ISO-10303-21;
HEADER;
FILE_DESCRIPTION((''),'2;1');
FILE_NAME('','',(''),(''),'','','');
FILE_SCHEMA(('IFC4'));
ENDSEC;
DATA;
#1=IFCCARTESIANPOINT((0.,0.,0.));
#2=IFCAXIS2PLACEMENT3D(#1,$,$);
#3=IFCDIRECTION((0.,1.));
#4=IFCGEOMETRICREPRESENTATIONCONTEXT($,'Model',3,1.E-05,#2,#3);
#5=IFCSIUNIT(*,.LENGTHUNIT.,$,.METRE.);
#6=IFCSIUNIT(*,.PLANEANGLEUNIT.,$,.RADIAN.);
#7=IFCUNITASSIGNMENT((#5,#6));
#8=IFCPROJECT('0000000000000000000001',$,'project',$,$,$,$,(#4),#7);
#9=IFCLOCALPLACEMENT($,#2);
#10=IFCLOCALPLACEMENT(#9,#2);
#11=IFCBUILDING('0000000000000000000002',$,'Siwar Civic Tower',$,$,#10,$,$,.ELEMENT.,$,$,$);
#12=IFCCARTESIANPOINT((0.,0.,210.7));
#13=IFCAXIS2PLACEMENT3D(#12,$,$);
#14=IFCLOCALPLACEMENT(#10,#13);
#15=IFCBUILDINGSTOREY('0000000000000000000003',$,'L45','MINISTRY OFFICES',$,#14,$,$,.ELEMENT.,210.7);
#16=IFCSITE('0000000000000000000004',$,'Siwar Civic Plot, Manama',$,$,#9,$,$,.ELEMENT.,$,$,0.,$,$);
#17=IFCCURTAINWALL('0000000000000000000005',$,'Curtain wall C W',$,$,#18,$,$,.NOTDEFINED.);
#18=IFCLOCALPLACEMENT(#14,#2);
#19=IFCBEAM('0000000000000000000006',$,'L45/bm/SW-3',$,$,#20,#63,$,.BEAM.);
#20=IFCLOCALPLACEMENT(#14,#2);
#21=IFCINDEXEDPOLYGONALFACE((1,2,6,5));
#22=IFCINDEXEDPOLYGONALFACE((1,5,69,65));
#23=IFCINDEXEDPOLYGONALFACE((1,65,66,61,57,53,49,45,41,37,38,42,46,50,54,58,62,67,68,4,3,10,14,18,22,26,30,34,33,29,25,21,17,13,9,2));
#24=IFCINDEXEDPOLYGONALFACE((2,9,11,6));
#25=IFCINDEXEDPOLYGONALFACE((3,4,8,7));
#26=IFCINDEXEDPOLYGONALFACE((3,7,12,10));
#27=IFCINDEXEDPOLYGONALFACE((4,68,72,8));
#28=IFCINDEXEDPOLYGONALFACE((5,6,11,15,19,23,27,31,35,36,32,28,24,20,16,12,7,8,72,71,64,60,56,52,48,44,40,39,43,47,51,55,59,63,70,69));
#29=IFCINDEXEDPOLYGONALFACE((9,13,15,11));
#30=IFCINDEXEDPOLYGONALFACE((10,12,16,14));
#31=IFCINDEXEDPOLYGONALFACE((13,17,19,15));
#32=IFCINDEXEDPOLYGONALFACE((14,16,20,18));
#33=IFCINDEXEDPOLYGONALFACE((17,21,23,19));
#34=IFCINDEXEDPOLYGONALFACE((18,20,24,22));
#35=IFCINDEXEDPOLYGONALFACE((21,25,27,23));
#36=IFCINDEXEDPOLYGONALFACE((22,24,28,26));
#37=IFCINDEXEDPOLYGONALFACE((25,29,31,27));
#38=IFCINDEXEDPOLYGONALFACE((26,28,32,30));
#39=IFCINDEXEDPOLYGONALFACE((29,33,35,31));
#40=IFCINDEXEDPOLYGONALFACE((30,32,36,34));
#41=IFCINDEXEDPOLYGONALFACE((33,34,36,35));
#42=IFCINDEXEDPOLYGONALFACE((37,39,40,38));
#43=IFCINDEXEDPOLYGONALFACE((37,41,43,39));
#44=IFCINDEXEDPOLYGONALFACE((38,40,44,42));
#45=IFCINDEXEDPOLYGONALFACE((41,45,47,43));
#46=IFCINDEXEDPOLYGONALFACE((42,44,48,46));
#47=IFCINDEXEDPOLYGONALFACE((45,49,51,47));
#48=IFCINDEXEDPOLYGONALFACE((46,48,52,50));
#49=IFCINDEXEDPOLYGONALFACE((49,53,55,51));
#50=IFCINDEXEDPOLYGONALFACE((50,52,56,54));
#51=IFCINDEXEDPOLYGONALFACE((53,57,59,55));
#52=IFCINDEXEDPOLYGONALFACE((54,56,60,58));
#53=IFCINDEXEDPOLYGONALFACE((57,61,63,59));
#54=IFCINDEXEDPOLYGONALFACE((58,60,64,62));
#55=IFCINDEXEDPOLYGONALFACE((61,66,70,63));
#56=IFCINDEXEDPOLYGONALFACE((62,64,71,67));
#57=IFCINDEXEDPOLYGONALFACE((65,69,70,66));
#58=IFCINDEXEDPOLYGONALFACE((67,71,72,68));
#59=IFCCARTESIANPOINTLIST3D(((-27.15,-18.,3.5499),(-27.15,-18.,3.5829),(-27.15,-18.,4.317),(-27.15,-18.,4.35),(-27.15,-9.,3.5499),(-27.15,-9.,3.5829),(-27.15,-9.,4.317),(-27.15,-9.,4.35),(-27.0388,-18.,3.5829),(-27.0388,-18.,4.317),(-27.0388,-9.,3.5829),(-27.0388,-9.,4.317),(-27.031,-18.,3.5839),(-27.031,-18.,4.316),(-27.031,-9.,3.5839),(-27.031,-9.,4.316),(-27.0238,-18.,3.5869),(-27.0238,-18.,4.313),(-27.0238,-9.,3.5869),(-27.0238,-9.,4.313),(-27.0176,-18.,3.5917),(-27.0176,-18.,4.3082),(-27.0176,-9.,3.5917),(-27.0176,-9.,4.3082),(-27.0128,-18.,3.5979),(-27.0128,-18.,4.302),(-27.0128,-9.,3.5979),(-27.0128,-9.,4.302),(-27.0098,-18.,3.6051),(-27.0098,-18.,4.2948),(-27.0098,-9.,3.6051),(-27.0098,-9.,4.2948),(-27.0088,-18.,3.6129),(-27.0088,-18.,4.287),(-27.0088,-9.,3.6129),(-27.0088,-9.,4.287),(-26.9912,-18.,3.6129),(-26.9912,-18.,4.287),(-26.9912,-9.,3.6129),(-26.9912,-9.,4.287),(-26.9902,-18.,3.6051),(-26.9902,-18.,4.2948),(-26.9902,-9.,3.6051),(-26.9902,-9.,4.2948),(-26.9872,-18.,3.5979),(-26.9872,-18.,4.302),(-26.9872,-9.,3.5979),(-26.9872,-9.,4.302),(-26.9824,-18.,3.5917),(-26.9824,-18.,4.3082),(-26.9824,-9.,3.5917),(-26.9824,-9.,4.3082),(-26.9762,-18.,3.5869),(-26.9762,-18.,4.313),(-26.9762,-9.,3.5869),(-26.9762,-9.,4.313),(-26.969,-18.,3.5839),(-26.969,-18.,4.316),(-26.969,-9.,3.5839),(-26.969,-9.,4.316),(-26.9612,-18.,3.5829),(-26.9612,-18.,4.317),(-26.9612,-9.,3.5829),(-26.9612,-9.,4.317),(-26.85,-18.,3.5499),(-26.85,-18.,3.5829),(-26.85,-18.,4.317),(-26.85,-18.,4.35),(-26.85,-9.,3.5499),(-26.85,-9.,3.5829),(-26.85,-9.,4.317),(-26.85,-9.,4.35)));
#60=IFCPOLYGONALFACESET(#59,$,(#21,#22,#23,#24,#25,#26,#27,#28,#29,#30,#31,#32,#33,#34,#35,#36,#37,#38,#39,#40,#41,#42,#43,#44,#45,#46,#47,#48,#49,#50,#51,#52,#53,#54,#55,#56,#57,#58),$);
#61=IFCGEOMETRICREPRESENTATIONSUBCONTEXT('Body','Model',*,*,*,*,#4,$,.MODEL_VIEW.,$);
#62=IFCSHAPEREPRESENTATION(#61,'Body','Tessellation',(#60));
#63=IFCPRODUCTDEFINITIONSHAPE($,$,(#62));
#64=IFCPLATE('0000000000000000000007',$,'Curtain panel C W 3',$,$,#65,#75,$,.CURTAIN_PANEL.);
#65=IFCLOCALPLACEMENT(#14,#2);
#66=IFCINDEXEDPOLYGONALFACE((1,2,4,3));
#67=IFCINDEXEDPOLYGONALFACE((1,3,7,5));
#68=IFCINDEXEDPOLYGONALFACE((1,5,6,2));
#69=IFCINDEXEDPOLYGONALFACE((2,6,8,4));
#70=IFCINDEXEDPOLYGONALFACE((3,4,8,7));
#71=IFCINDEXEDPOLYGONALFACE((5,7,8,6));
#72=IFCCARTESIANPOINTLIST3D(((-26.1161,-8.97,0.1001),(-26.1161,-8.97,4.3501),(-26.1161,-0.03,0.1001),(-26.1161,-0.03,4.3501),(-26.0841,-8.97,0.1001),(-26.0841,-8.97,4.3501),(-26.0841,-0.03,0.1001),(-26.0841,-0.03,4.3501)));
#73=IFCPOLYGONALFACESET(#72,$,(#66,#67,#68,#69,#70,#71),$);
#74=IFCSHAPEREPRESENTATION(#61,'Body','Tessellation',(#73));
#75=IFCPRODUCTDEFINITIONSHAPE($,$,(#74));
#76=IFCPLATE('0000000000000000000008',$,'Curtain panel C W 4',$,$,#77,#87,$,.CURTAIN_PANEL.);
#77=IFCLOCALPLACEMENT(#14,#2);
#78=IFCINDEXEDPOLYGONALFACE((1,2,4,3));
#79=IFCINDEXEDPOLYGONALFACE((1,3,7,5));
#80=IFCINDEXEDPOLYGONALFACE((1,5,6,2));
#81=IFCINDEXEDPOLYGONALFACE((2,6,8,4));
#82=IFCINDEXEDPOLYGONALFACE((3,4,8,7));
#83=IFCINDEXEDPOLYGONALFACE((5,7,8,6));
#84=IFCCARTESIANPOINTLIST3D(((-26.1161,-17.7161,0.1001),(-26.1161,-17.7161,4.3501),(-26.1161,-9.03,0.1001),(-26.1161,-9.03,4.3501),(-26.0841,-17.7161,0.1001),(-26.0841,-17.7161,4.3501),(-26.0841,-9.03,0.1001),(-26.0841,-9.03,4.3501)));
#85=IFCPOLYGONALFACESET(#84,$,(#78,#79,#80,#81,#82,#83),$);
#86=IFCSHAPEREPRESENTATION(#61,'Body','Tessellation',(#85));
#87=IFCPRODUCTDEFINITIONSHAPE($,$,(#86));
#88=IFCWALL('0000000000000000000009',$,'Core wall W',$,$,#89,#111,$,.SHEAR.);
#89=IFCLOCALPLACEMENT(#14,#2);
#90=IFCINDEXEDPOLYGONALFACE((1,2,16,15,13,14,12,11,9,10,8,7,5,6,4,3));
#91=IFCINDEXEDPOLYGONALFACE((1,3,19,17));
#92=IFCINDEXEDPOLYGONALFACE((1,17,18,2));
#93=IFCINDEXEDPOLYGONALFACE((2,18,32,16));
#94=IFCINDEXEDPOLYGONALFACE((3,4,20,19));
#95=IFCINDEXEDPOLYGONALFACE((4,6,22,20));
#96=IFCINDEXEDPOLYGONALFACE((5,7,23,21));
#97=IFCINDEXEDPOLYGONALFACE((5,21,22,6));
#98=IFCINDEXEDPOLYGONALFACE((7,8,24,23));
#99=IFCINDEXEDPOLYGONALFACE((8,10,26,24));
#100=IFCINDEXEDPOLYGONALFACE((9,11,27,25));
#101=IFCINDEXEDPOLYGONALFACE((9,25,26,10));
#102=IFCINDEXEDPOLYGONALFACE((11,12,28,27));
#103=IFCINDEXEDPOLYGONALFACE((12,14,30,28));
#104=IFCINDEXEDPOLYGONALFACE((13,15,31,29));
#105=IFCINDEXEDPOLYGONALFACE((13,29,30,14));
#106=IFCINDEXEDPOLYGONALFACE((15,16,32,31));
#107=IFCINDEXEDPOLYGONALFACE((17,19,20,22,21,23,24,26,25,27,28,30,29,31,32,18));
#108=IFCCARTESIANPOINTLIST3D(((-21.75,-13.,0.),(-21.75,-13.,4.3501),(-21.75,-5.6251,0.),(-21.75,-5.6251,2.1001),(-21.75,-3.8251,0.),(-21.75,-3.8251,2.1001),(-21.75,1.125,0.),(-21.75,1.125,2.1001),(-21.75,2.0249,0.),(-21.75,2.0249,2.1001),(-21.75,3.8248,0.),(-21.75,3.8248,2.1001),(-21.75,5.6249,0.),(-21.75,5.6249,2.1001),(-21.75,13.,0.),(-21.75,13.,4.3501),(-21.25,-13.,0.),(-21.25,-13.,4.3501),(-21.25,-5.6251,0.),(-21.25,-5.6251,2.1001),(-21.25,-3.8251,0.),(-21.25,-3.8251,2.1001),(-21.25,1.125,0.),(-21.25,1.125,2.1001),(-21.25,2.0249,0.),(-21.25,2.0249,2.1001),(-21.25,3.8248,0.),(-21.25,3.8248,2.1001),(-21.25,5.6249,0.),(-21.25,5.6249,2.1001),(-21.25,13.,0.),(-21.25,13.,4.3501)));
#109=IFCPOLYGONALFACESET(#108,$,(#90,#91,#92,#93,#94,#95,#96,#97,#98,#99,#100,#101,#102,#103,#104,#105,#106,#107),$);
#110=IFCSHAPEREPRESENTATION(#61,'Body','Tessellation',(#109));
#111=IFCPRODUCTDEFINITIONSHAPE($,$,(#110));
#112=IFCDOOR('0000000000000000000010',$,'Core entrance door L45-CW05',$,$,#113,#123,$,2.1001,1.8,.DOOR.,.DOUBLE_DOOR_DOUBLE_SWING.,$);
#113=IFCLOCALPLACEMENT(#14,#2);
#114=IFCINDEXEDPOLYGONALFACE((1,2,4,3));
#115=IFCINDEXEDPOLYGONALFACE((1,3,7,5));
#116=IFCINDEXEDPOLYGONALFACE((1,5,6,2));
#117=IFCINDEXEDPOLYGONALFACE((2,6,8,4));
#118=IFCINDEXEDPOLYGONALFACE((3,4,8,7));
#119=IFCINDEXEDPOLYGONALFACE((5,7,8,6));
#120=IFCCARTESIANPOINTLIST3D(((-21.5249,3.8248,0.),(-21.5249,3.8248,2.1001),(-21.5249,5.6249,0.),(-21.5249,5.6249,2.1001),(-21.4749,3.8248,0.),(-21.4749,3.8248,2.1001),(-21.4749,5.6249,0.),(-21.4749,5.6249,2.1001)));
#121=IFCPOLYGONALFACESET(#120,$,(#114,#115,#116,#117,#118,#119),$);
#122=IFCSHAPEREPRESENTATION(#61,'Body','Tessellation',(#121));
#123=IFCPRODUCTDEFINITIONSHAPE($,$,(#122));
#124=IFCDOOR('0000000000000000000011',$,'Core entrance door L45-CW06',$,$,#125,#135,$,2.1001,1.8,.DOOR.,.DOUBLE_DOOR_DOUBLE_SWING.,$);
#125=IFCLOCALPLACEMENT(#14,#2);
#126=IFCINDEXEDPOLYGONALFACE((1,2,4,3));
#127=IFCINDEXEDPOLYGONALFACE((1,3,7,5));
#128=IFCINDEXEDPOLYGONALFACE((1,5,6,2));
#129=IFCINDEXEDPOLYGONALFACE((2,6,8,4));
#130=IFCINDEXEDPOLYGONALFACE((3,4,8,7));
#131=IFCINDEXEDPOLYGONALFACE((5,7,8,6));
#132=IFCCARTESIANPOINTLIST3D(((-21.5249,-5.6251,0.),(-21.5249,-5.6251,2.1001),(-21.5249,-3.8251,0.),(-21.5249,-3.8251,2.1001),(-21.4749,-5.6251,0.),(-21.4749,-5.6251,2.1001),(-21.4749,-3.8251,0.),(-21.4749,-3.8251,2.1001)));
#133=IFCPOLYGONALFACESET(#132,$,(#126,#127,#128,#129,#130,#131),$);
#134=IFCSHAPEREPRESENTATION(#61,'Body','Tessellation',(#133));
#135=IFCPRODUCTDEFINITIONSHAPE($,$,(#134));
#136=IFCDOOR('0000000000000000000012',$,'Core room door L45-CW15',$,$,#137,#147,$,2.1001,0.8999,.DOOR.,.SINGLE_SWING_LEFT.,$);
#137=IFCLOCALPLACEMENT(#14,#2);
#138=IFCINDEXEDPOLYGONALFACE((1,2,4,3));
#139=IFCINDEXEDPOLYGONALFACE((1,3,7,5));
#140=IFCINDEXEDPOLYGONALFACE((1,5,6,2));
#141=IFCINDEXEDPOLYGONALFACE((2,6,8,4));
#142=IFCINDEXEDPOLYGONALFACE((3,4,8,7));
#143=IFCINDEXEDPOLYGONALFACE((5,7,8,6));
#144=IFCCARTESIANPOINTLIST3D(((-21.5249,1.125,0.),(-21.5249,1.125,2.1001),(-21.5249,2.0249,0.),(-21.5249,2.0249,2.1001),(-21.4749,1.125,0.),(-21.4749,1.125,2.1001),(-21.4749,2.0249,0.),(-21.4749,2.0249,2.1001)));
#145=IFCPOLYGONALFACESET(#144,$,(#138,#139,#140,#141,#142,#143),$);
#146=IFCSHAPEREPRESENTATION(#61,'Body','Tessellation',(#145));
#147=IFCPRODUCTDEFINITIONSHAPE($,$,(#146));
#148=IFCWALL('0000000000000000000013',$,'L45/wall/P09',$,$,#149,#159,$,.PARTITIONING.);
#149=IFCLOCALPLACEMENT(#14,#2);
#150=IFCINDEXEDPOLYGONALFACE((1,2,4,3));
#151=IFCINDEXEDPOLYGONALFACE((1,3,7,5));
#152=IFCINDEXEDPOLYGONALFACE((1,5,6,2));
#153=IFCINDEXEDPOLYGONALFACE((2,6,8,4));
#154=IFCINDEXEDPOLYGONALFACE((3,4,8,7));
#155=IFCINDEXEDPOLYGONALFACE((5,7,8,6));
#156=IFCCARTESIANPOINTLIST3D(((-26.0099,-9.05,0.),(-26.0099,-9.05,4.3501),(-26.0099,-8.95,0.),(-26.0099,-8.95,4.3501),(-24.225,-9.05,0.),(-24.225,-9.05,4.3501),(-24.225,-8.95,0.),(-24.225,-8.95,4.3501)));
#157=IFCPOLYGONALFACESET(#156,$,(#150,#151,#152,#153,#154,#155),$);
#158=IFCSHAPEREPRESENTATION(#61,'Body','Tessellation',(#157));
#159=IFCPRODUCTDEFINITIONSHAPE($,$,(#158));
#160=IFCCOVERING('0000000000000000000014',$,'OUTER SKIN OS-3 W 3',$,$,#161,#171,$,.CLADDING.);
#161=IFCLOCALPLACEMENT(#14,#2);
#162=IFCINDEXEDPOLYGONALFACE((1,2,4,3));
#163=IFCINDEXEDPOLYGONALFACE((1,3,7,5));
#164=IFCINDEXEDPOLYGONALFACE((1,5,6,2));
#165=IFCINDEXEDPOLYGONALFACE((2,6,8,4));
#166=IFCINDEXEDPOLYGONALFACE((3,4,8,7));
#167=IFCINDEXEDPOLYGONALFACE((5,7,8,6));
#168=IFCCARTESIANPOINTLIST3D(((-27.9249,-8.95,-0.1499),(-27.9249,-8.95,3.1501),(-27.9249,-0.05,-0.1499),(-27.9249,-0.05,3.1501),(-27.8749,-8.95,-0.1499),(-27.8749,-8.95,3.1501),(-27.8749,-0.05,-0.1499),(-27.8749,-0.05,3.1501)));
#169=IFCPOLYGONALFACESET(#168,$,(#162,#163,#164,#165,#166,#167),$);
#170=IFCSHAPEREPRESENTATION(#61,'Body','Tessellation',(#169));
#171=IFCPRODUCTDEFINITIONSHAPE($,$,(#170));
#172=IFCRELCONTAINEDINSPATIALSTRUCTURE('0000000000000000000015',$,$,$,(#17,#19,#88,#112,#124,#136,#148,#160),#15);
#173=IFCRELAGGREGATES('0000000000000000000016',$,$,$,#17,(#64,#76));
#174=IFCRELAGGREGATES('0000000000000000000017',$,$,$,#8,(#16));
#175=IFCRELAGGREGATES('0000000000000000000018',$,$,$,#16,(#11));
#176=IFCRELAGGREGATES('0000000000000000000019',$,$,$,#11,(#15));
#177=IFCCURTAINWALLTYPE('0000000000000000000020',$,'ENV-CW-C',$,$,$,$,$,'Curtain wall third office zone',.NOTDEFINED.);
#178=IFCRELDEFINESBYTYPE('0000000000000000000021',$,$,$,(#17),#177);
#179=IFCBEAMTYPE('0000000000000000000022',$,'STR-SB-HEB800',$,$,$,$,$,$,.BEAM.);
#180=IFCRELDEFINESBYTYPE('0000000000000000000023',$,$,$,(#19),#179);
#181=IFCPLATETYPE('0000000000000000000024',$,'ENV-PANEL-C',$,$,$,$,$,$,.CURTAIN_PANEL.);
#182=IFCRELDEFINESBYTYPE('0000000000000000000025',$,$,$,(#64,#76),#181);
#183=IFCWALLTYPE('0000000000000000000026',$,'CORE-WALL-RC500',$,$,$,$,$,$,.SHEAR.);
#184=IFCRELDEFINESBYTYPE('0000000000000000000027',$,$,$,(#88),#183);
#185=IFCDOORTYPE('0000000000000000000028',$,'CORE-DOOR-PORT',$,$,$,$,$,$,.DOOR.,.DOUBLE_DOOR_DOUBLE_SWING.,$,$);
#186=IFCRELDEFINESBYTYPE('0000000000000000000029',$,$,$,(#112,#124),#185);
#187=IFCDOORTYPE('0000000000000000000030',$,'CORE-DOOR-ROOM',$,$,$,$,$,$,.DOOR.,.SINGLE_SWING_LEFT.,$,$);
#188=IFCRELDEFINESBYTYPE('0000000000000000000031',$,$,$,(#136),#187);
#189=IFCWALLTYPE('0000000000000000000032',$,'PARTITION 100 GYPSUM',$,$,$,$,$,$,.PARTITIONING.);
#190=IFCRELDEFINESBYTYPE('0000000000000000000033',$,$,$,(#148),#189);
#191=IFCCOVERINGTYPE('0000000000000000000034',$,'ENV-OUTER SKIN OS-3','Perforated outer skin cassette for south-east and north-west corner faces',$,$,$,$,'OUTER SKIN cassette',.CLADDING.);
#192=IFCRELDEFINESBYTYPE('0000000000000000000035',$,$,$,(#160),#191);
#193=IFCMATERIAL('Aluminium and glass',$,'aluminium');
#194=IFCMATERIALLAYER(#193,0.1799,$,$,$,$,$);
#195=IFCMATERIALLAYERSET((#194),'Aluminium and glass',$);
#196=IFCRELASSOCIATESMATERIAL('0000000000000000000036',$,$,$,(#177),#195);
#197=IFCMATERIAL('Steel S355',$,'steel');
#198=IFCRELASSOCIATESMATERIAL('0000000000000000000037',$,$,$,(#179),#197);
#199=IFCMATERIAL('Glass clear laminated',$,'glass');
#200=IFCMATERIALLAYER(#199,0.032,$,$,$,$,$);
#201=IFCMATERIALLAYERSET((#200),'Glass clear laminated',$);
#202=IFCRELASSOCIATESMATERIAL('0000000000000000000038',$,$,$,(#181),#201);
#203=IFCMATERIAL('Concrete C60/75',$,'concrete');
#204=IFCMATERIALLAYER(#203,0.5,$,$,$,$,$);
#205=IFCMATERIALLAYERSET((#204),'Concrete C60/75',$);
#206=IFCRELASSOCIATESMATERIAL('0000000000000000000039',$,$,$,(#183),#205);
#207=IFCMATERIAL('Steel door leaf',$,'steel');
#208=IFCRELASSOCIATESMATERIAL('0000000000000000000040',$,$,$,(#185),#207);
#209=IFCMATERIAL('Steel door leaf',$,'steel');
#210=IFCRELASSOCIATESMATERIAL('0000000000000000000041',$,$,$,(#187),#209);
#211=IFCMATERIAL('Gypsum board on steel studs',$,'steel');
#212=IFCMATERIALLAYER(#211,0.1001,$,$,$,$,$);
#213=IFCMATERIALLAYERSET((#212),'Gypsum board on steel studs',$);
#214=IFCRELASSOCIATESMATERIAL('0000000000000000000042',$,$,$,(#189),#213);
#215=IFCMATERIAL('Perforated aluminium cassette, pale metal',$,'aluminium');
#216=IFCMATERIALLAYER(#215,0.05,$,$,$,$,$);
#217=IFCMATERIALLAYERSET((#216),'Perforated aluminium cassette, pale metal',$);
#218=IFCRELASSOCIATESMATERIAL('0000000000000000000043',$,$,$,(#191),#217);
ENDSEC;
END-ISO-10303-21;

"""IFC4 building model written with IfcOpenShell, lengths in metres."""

from ifc_helpers import new_model, si_unit, direction, frame, frame_2d, origin, origin_2d, place, context, subcontext, project, spatial, rectangle, i_section, extrude, material, layer, layer_set, material_profile, profile_set, type_object, element, fill, aggregate, save


model = new_model("IFC4")

# Units and contexts
model_context = context("Model", 3, precision=1e-05, world=origin(), true_north=direction((0.0, 1.0)))
body_context = subcontext(model_context, "Body", "Model", "MODEL_VIEW")
ifc_project = project(units=[si_unit("LENGTHUNIT", "METRE"), si_unit("PLANEANGLEUNIT", "RADIAN")], contexts=[model_context])

# Site, building, storey
site_placement = place(None, origin())
site = spatial("IfcSite", under=ifc_project, at=site_placement, Name="Siwar Civic Plot, Manama", CompositionType="ELEMENT", RefElevation=0.0)
building_placement = place(site_placement, origin())
building = spatial("IfcBuilding", under=site, at=building_placement, Name="Siwar Civic Tower", CompositionType="ELEMENT")
storey_placement = place(building_placement, frame((0.0, 0.0, 210.7)))
storey = spatial("IfcBuildingStorey", under=building, at=storey_placement, Name="L45", Description="MINISTRY OFFICES", CompositionType="ELEMENT", Elevation=210.7)

# Curtain wall
ifc_material_1 = material(Name="Aluminium and glass", Category="aluminium")
ifc_layer_1 = layer(ifc_material_1, 0.1799)
ifc_layer_set_1 = layer_set([ifc_layer_1], Name="Aluminium and glass")
curtain_wall_type = type_object("IfcCurtainWallType", Name="ENV-CW-C", ElementType="Curtain wall third office zone", PredefinedType="NOTDEFINED", material=ifc_layer_set_1)
curtain_wall_placement = place(storey_placement, origin())
curtain_wall = element("IfcCurtainWall", 1, at=curtain_wall_placement, inside=storey, type_object=curtain_wall_type, Name="Curtain wall C W", PredefinedType="NOTDEFINED")

# Beam
ifc_material_2 = material(Name="Steel S355", Category="steel")
ifc_material_profile_1 = material_profile(ifc_material_2, i_section(OverallWidth=0.3, OverallDepth=0.8, WebThickness=0.0176, FlangeThickness=0.033, FilletRadius=0.03, at=origin_2d()), Name="HEB800")
ifc_profile_set_1 = profile_set([ifc_material_profile_1], Name="Steel S355")
beam_type_1 = type_object("IfcBeamType", Name="STR-SB-HEB800", PredefinedType="BEAM", material=ifc_profile_set_1)
beam_1_placement = place(storey_placement, frame((-27.0, -9.0, 3.95), z_axis=(0.0, -1.0, 0.0), x_axis=(1.0, 0.0, 0.0)))
element("IfcBeam", 2, at=beam_1_placement, inside=storey, type_object=beam_type_1, Name="L45/bm/SW-3", PredefinedType="BEAM", context=body_context, shape_type="SweptSolid", body=[
    extrude(i_section(OverallWidth=0.3, OverallDepth=0.8, WebThickness=0.0176, FlangeThickness=0.033, FilletRadius=0.03, at=origin_2d()), origin(), (0.0, 0.0, 1.0), 9.0),
])

# Plates
ifc_material_3 = material(Name="Glass clear laminated", Category="glass")
ifc_layer_2 = layer(ifc_material_3, 0.032)
ifc_layer_set_2 = layer_set([ifc_layer_2], Name="Glass clear laminated")
plate_type = type_object("IfcPlateType", Name="ENV-PANEL-C", PredefinedType="CURTAIN_PANEL", material=ifc_layer_set_2)
plate_1_placement = place(storey_placement, frame((-26.1001, -4.5, 0.1001), z_axis=(0.0, 0.0, 1.0), x_axis=(0.0, -1.0, 0.0)))
plate_1 = element("IfcPlate", 3, at=plate_1_placement, type_object=plate_type, Name="Curtain panel C W 3", PredefinedType="CURTAIN_PANEL", context=body_context, shape_type="SweptSolid", body=[
    extrude(rectangle(XDim=8.9399, YDim=0.032, at=origin_2d()), origin(), (0.0, 0.0, 1.0), 4.25),
])
plate_2_placement = place(storey_placement, frame((-26.1001, -13.373, 0.1001), z_axis=(0.0, 0.0, 1.0), x_axis=(0.0, -1.0, 0.0)))
plate_2 = element("IfcPlate", 4, at=plate_2_placement, type_object=plate_type, Name="Curtain panel C W 4", PredefinedType="CURTAIN_PANEL", context=body_context, shape_type="SweptSolid", body=[
    extrude(rectangle(XDim=8.686, YDim=0.032, at=origin_2d()), origin(), (0.0, 0.0, 1.0), 4.25),
])
aggregate(curtain_wall, [plate_1, plate_2])

# Wall, openings, doors
ifc_material_4 = material(Name="Concrete C60/75", Category="concrete")
ifc_layer_3 = layer(ifc_material_4, 0.5)
ifc_layer_set_3 = layer_set([ifc_layer_3], Name="Concrete C60/75")
wall_type_1 = type_object("IfcWallType", Name="CORE-WALL-RC500", PredefinedType="SHEAR", material=ifc_layer_set_3)
wall_1_placement = place(storey_placement, frame((-21.5, -13.0, 0.0), z_axis=(0.0, 0.0, 1.0), x_axis=(0.0, 1.0, 0.0)))
wall_1 = element("IfcWall", 5, at=wall_1_placement, inside=storey, type_object=wall_type_1, Name="Core wall W", PredefinedType="SHEAR", context=body_context, shape_type="SweptSolid", body=[
    extrude(rectangle(XDim=26.0, YDim=0.5, at=frame_2d((13.0, 0.0))), origin(), (0.0, 0.0, 1.0), 4.3501),
])
opening_1_placement = place(wall_1_placement, frame((16.825, 0.0, 0.0)))
opening_1 = element("IfcOpeningElement", 6, at=opening_1_placement, cuts=wall_1, PredefinedType="OPENING", context=body_context, shape_type="SweptSolid", body=[
    extrude(rectangle(XDim=1.8, YDim=2.1001, at=frame_2d((0.8999, 1.05))), frame((0.0, 0.26, 0.0), z_axis=(0.0, -1.0, 0.0), x_axis=(1.0, 0.0, 0.0)), (0.0, 0.0, 1.0), 0.52),
])
opening_2_placement = place(wall_1_placement, frame((7.375, 0.0, 0.0)))
opening_2 = element("IfcOpeningElement", 7, at=opening_2_placement, cuts=wall_1, PredefinedType="OPENING", context=body_context, shape_type="SweptSolid", body=[
    extrude(rectangle(XDim=1.8, YDim=2.1001, at=frame_2d((0.8999, 1.05))), frame((0.0, 0.26, 0.0), z_axis=(0.0, -1.0, 0.0), x_axis=(1.0, 0.0, 0.0)), (0.0, 0.0, 1.0), 0.52),
])
opening_3_placement = place(wall_1_placement, frame((14.125, 0.0, 0.0)))
opening_3 = element("IfcOpeningElement", 8, at=opening_3_placement, cuts=wall_1, PredefinedType="OPENING", context=body_context, shape_type="SweptSolid", body=[
    extrude(rectangle(XDim=0.8999, YDim=2.1001, at=frame_2d((0.45, 1.05))), frame((0.0, 0.26, 0.0), z_axis=(0.0, -1.0, 0.0), x_axis=(1.0, 0.0, 0.0)), (0.0, 0.0, 1.0), 0.52),
])
ifc_material_5 = material(Name="Steel door leaf", Category="steel")
door_type_1 = type_object("IfcDoorType", Name="CORE-DOOR-PORT", OperationType="DOUBLE_DOOR_DOUBLE_SWING", PredefinedType="DOOR", material=ifc_material_5)
door_1_placement = place(opening_1_placement, origin())
door_1 = element("IfcDoor", 9, at=door_1_placement, inside=storey, type_object=door_type_1, Name="Core entrance door L45-CW05", OperationType="DOUBLE_DOOR_DOUBLE_SWING", OverallHeight=2.1001, OverallWidth=1.8, PredefinedType="DOOR", context=body_context, shape_type="SweptSolid", body=[
    extrude(rectangle(XDim=1.8, YDim=2.1001, at=frame_2d((0.8999, 1.05))), frame((0.0, 0.0249, 0.0), z_axis=(0.0, -1.0, 0.0), x_axis=(1.0, 0.0, 0.0)), (0.0, 0.0, 1.0), 0.05),
])
fill(opening_1, door_1)
door_2_placement = place(opening_2_placement, origin())
door_2 = element("IfcDoor", 10, at=door_2_placement, inside=storey, type_object=door_type_1, Name="Core entrance door L45-CW06", OperationType="DOUBLE_DOOR_DOUBLE_SWING", OverallHeight=2.1001, OverallWidth=1.8, PredefinedType="DOOR", context=body_context, shape_type="SweptSolid", body=[
    extrude(rectangle(XDim=1.8, YDim=2.1001, at=frame_2d((0.8999, 1.05))), frame((0.0, 0.0249, 0.0), z_axis=(0.0, -1.0, 0.0), x_axis=(1.0, 0.0, 0.0)), (0.0, 0.0, 1.0), 0.05),
])
fill(opening_2, door_2)
ifc_material_6 = material(Name="Steel door leaf", Category="steel")
door_type_2 = type_object("IfcDoorType", Name="CORE-DOOR-ROOM", OperationType="SINGLE_SWING_LEFT", PredefinedType="DOOR", material=ifc_material_6)
door_3_placement = place(opening_3_placement, origin())
door_3 = element("IfcDoor", 11, at=door_3_placement, inside=storey, type_object=door_type_2, Name="Core room door L45-CW15", OperationType="SINGLE_SWING_LEFT", OverallHeight=2.1001, OverallWidth=0.8999, PredefinedType="DOOR", context=body_context, shape_type="SweptSolid", body=[
    extrude(rectangle(XDim=0.8999, YDim=2.1001, at=frame_2d((0.45, 1.05))), frame((0.0, 0.0249, 0.0), z_axis=(0.0, -1.0, 0.0), x_axis=(1.0, 0.0, 0.0)), (0.0, 0.0, 1.0), 0.05),
])
fill(opening_3, door_3)

# Wall
ifc_material_7 = material(Name="Gypsum board on steel studs", Category="steel")
ifc_layer_4 = layer(ifc_material_7, 0.1001)
ifc_layer_set_4 = layer_set([ifc_layer_4], Name="Gypsum board on steel studs")
wall_type_2 = type_object("IfcWallType", Name="PARTITION 100 GYPSUM", PredefinedType="PARTITIONING", material=ifc_layer_set_4)
wall_2_placement = place(storey_placement, frame((-26.01, -9.0, 0.0), z_axis=(0.0, 0.0, 1.0), x_axis=(1.0, 0.0, 0.0)))
element("IfcWall", 12, at=wall_2_placement, inside=storey, type_object=wall_type_2, Name="L45/wall/P09", PredefinedType="PARTITIONING", context=body_context, shape_type="SweptSolid", body=[
    extrude(rectangle(XDim=1.7849, YDim=0.1001, at=frame_2d((0.8926, 0.0))), origin(), (0.0, 0.0, 1.0), 4.3501),
])

# Covering
ifc_material_8 = material(Name="Perforated aluminium cassette, pale metal", Category="aluminium")
ifc_layer_5 = layer(ifc_material_8, 0.05)
ifc_layer_set_5 = layer_set([ifc_layer_5], Name="Perforated aluminium cassette, pale metal")
covering_type = type_object("IfcCoveringType", Name="ENV-OUTER SKIN OS-3", Description="Perforated outer skin cassette for south-east and north-west corner faces", ElementType="OUTER SKIN cassette", PredefinedType="CLADDING", material=ifc_layer_set_5)
covering_placement = place(storey_placement, frame((-27.8999, -4.5, -0.1499), z_axis=(0.0, 0.0, 1.0), x_axis=(0.0, -1.0, 0.0)))
element("IfcCovering", 13, at=covering_placement, inside=storey, type_object=covering_type, Name="OUTER SKIN OS-3 W 3", PredefinedType="CLADDING", context=body_context, shape_type="SweptSolid", body=[
    extrude(rectangle(XDim=8.8999, YDim=0.05, at=origin_2d()), origin(), (0.0, 0.0, 1.0), 3.3),
])

save(model, "model.ifc")
